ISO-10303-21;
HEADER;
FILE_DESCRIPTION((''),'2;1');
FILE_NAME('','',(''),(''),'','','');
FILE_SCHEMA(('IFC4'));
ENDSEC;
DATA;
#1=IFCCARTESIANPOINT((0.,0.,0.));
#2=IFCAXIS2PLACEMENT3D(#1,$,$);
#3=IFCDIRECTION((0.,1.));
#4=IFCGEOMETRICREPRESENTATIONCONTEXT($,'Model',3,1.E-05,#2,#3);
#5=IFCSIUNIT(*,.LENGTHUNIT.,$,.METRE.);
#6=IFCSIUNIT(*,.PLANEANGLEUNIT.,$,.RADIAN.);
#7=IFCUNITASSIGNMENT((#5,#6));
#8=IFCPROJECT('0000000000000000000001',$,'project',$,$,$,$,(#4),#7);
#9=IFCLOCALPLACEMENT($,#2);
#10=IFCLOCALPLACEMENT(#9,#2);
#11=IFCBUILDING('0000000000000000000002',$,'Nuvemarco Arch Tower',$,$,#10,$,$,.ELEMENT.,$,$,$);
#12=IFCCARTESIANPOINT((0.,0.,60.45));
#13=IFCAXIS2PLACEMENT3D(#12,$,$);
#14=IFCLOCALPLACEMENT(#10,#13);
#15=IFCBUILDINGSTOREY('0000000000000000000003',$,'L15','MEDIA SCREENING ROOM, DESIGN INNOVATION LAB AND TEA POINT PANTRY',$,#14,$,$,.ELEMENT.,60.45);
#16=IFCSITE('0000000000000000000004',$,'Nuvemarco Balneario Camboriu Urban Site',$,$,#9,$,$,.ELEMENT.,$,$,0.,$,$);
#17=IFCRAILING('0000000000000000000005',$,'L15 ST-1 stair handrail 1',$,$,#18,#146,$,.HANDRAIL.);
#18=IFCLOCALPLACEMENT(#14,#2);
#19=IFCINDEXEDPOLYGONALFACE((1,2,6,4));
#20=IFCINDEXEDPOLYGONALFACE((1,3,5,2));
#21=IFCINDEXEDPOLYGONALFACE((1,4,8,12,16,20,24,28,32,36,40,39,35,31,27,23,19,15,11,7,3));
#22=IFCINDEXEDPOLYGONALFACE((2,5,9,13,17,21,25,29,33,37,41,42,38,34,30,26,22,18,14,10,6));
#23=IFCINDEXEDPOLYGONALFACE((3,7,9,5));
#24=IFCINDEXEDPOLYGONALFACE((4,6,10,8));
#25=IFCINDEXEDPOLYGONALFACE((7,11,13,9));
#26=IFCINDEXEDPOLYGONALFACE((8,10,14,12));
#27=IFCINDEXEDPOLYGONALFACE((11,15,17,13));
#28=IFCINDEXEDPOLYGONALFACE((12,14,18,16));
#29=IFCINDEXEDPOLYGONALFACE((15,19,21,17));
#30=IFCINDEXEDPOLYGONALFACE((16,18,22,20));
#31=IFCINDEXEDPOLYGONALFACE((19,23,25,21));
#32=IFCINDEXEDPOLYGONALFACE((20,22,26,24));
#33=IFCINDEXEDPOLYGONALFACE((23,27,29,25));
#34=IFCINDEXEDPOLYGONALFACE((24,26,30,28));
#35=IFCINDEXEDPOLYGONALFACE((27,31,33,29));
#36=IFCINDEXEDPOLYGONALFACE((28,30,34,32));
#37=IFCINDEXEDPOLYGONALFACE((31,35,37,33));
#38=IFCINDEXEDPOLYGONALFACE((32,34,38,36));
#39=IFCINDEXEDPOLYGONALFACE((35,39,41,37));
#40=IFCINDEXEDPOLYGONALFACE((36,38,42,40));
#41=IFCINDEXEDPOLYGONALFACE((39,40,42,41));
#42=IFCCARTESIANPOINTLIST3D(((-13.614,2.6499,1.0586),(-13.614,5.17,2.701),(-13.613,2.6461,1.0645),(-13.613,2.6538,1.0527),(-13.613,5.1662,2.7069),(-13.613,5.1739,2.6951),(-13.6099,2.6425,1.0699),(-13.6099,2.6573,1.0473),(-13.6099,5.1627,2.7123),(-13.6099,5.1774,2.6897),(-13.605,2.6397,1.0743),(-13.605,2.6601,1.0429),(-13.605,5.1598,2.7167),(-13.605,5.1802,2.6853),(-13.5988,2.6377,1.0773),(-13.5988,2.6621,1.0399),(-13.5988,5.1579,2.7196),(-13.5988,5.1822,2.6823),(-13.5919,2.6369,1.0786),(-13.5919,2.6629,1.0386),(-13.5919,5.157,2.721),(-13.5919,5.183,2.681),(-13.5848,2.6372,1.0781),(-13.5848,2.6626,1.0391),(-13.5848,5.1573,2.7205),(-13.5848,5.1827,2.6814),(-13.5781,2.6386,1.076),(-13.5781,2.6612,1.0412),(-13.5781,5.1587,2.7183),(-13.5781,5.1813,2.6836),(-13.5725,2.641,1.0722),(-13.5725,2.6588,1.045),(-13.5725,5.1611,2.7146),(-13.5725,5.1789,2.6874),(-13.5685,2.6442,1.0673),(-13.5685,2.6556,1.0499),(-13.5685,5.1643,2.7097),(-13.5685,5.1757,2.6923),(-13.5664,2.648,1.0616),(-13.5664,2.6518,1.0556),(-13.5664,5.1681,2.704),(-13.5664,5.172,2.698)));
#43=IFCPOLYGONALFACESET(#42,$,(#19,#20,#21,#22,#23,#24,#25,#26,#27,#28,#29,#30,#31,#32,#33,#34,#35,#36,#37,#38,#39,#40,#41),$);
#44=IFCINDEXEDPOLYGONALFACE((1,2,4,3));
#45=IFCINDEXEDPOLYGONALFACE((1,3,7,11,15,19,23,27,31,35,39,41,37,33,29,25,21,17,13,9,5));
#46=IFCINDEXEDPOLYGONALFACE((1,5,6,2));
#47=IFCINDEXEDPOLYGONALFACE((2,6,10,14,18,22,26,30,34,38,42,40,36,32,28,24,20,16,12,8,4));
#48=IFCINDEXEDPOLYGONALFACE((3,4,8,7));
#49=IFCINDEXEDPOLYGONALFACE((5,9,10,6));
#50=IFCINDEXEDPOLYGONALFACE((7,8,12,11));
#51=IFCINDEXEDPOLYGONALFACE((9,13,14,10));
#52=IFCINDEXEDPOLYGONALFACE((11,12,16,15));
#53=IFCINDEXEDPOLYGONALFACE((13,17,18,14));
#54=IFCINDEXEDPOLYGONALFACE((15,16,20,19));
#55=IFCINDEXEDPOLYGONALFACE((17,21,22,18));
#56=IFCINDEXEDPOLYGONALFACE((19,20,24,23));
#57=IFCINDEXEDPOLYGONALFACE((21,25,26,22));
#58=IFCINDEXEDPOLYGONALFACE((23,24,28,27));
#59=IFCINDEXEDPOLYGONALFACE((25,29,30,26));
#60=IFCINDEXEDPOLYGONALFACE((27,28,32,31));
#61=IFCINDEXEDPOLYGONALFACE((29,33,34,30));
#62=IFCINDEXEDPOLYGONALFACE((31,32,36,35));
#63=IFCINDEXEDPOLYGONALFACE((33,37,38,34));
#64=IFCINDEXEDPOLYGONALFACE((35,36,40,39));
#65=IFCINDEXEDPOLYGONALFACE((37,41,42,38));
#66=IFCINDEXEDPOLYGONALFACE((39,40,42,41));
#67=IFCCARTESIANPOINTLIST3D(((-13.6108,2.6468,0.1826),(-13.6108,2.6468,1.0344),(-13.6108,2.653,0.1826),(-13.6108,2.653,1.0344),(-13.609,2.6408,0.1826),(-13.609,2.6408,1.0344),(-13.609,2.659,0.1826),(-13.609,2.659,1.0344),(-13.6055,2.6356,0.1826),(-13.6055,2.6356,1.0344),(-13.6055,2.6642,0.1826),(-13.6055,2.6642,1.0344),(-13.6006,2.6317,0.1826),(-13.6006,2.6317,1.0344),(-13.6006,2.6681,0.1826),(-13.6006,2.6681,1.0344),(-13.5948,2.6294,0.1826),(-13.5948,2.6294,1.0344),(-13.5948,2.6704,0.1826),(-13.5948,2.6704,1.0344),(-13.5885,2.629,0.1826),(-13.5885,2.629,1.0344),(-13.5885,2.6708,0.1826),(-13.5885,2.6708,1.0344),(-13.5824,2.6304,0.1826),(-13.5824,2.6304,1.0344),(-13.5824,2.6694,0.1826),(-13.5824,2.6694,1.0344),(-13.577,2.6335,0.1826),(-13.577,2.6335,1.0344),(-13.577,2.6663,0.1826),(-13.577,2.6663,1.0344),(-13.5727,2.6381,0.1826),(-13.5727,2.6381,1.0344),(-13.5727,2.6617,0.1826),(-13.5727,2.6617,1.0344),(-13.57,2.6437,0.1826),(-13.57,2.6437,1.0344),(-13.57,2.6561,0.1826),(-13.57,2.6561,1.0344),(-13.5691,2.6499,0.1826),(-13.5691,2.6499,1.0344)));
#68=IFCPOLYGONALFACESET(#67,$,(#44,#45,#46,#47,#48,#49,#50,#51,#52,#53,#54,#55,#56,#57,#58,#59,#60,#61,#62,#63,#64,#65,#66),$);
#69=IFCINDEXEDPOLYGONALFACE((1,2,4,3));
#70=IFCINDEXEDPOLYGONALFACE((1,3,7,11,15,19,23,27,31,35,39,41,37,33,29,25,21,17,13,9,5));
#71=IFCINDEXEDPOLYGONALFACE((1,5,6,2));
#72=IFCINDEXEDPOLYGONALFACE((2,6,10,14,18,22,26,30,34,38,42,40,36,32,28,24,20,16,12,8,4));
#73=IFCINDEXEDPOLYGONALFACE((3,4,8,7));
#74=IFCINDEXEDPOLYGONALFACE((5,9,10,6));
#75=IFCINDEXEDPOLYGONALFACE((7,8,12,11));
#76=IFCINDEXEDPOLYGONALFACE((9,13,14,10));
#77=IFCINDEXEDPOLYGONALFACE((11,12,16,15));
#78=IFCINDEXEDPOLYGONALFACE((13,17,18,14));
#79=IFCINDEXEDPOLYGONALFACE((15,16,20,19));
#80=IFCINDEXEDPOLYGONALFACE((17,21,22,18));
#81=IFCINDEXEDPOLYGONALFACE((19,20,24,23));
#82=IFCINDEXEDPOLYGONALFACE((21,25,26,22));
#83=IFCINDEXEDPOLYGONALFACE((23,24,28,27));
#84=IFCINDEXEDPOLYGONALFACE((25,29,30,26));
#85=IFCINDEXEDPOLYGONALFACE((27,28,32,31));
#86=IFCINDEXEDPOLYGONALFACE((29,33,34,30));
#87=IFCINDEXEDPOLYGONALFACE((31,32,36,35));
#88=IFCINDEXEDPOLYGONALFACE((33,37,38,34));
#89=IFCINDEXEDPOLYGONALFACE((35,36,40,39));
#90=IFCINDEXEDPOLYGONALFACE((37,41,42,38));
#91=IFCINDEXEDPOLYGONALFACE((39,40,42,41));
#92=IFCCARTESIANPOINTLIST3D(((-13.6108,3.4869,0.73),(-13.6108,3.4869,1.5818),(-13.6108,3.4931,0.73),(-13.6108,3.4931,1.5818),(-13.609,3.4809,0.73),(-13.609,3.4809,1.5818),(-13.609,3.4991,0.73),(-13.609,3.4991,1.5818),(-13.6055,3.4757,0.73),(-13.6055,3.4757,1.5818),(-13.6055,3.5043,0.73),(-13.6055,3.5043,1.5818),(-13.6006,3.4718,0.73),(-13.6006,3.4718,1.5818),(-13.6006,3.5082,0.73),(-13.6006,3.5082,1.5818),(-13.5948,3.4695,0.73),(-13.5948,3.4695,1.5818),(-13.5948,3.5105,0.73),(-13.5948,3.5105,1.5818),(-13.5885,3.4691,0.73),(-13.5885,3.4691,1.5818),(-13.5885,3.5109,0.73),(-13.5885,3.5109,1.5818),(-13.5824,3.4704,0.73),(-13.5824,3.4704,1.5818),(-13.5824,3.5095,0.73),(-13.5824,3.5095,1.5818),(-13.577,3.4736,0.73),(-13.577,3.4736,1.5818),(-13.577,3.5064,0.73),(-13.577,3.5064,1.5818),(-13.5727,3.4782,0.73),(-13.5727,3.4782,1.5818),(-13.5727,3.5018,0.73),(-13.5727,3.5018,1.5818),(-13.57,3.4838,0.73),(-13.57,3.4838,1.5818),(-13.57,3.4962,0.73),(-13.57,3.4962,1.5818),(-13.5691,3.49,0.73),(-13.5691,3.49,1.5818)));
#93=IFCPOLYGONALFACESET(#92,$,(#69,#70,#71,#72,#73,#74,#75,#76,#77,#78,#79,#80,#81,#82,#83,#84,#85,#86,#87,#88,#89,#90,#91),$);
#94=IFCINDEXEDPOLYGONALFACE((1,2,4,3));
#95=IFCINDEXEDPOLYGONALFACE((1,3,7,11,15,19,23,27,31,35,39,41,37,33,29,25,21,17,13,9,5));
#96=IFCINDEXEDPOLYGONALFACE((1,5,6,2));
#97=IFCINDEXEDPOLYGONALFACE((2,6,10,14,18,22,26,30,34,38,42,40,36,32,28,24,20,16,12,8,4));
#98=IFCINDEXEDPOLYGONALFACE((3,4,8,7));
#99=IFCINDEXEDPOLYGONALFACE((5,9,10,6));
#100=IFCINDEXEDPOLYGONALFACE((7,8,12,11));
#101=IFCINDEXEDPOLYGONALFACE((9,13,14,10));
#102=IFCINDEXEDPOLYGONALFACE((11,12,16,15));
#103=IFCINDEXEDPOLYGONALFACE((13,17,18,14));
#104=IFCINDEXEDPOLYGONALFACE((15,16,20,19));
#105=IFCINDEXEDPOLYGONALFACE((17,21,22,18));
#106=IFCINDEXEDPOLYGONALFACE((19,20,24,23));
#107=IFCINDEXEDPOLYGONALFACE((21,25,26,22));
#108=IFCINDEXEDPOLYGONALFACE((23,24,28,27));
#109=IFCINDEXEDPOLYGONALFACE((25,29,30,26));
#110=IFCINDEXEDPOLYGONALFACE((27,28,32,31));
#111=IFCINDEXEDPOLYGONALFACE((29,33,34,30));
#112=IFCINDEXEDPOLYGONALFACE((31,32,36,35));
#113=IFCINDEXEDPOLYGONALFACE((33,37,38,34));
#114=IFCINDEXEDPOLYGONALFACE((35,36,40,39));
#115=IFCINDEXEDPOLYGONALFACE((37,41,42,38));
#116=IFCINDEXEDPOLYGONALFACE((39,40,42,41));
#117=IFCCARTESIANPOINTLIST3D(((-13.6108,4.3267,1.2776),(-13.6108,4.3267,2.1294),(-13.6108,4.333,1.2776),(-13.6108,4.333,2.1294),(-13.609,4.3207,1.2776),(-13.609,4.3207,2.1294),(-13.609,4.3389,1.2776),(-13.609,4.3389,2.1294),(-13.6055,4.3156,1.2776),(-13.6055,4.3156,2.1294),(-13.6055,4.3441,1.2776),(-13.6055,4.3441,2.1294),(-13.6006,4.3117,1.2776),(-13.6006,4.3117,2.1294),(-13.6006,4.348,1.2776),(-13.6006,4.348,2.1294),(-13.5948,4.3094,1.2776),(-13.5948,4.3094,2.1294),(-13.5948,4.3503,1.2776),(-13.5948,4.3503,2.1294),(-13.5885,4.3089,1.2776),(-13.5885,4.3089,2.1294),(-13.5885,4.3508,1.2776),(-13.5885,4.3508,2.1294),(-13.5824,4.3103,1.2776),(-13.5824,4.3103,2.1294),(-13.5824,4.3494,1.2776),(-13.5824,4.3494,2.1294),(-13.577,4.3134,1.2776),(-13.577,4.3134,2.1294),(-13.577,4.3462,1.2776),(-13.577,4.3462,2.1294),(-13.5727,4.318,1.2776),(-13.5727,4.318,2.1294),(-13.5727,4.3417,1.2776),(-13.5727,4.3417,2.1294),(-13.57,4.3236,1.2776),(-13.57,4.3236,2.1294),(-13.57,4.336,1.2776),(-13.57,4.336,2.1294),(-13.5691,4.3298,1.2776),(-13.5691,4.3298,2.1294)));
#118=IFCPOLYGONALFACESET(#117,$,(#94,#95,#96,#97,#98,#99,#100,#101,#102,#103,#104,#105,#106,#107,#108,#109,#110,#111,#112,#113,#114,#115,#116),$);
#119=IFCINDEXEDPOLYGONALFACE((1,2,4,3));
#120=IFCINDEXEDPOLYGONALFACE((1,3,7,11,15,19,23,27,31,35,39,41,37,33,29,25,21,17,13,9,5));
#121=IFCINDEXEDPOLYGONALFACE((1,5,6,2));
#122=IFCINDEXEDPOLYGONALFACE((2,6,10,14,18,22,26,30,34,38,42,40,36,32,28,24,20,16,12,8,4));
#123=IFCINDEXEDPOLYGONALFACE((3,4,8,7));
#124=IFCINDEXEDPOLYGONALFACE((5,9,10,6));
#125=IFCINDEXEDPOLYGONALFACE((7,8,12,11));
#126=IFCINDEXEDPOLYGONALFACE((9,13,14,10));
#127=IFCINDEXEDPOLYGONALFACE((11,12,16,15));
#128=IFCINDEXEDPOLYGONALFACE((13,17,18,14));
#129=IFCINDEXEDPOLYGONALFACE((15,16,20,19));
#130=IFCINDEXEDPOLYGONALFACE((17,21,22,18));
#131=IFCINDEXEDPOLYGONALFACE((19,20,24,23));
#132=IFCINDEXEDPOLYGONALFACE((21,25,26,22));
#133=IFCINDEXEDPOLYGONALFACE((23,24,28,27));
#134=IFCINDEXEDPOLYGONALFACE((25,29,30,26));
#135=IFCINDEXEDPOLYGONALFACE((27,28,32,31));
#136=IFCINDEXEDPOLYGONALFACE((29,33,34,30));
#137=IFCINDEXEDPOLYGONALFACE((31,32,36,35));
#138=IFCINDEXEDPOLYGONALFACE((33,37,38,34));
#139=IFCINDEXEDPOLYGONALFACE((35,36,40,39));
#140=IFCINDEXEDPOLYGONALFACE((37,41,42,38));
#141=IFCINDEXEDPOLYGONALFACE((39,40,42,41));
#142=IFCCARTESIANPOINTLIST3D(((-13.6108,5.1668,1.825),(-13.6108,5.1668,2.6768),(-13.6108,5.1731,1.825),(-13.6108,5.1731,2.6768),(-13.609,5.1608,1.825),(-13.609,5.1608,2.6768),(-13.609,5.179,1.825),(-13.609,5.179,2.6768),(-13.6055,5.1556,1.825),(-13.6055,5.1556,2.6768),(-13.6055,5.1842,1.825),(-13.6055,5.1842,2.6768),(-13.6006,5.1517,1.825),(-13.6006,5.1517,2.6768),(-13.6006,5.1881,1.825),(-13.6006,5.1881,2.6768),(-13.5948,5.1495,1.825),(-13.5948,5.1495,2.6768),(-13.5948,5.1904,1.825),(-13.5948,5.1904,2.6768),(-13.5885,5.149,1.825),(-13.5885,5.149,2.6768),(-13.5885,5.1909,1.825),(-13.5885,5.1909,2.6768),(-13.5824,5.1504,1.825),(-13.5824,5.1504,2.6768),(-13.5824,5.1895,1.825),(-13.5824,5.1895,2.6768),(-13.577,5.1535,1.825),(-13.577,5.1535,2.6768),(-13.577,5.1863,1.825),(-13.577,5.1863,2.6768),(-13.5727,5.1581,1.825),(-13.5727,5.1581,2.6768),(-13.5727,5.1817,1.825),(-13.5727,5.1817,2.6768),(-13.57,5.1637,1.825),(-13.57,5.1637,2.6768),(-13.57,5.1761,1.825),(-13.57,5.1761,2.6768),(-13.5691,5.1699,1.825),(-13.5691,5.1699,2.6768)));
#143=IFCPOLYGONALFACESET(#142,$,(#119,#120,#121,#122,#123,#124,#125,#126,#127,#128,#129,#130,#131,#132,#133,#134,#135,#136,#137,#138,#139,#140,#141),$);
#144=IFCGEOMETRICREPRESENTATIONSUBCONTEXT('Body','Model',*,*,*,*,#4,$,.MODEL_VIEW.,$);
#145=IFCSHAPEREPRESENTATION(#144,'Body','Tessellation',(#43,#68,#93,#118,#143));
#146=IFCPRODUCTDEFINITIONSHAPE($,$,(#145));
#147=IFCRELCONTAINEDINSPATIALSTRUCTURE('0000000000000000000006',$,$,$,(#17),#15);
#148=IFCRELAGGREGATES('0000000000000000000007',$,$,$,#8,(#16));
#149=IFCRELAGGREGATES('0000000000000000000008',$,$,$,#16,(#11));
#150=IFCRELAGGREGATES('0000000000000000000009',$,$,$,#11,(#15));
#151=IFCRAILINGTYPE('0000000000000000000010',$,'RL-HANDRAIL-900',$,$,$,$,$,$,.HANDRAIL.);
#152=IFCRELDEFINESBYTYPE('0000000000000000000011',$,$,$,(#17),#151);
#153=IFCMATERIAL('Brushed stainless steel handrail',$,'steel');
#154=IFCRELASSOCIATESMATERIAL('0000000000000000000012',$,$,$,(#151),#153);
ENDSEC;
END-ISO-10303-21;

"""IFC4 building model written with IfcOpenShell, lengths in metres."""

from ifc_helpers import new_model, si_unit, direction, frame, origin, origin_2d, place, context, subcontext, project, spatial, circle, extrude, material, type_object, element, save


model = new_model("IFC4")

# Units and contexts
model_context = context("Model", 3, precision=1e-05, world=origin(), true_north=direction((0.0, 1.0)))
body_context = subcontext(model_context, "Body", "Model", "MODEL_VIEW")
ifc_project = project(units=[si_unit("LENGTHUNIT", "METRE"), si_unit("PLANEANGLEUNIT", "RADIAN")], contexts=[model_context])

# Site, building, storey
site_placement = place(None, origin())
site = spatial("IfcSite", under=ifc_project, at=site_placement, Name="Nuvemarco Balneario Camboriu Urban Site", CompositionType="ELEMENT", RefElevation=0.0)
building_placement = place(site_placement, origin())
building = spatial("IfcBuilding", under=site, at=building_placement, Name="Nuvemarco Arch Tower", CompositionType="ELEMENT")
storey_placement = place(building_placement, frame((0.0, 0.0, 60.45)))
storey = spatial("IfcBuildingStorey", under=building, at=storey_placement, Name="L15", Description="MEDIA SCREENING ROOM, DESIGN INNOVATION LAB AND TEA POINT PANTRY", CompositionType="ELEMENT", Elevation=60.45)

# Railing
ifc_material_1 = material(Name="Brushed stainless steel handrail", Category="steel")
railing_type = type_object("IfcRailingType", Name="RL-HANDRAIL-900", PredefinedType="HANDRAIL", material=ifc_material_1)
railing_placement = place(storey_placement, frame((-13.5901, 2.6499, 0.1826)))
element("IfcRailing", 1, at=railing_placement, inside=storey, type_object=railing_type, Name="L15 ST-1 stair handrail 1", PredefinedType="HANDRAIL", context=body_context, shape_type="SweptSolid", body=[
    extrude(circle(Radius=0.0239, at=origin_2d()), frame((0.0, 0.0, 0.876), z_axis=(0.0, 0.837787, 0.545998), x_axis=(-1.0, 0.0, 0.0)), (0.0, 0.0, 1.0), 3.0081),
    extrude(circle(Radius=0.021, at=origin_2d()), origin(), (0.0, 0.0, 1.0), 0.8518),
    extrude(circle(Radius=0.021, at=origin_2d()), frame((0.0, 0.8401, 0.5474)), (0.0, 0.0, 1.0), 0.8518),
    extrude(circle(Radius=0.021, at=origin_2d()), frame((0.0, 1.6799, 1.095)), (0.0, 0.0, 1.0), 0.8518),
    extrude(circle(Radius=0.021, at=origin_2d()), frame((0.0, 2.52, 1.6423)), (0.0, 0.0, 1.0), 0.8518),
])

save(model, "model.ifc")
